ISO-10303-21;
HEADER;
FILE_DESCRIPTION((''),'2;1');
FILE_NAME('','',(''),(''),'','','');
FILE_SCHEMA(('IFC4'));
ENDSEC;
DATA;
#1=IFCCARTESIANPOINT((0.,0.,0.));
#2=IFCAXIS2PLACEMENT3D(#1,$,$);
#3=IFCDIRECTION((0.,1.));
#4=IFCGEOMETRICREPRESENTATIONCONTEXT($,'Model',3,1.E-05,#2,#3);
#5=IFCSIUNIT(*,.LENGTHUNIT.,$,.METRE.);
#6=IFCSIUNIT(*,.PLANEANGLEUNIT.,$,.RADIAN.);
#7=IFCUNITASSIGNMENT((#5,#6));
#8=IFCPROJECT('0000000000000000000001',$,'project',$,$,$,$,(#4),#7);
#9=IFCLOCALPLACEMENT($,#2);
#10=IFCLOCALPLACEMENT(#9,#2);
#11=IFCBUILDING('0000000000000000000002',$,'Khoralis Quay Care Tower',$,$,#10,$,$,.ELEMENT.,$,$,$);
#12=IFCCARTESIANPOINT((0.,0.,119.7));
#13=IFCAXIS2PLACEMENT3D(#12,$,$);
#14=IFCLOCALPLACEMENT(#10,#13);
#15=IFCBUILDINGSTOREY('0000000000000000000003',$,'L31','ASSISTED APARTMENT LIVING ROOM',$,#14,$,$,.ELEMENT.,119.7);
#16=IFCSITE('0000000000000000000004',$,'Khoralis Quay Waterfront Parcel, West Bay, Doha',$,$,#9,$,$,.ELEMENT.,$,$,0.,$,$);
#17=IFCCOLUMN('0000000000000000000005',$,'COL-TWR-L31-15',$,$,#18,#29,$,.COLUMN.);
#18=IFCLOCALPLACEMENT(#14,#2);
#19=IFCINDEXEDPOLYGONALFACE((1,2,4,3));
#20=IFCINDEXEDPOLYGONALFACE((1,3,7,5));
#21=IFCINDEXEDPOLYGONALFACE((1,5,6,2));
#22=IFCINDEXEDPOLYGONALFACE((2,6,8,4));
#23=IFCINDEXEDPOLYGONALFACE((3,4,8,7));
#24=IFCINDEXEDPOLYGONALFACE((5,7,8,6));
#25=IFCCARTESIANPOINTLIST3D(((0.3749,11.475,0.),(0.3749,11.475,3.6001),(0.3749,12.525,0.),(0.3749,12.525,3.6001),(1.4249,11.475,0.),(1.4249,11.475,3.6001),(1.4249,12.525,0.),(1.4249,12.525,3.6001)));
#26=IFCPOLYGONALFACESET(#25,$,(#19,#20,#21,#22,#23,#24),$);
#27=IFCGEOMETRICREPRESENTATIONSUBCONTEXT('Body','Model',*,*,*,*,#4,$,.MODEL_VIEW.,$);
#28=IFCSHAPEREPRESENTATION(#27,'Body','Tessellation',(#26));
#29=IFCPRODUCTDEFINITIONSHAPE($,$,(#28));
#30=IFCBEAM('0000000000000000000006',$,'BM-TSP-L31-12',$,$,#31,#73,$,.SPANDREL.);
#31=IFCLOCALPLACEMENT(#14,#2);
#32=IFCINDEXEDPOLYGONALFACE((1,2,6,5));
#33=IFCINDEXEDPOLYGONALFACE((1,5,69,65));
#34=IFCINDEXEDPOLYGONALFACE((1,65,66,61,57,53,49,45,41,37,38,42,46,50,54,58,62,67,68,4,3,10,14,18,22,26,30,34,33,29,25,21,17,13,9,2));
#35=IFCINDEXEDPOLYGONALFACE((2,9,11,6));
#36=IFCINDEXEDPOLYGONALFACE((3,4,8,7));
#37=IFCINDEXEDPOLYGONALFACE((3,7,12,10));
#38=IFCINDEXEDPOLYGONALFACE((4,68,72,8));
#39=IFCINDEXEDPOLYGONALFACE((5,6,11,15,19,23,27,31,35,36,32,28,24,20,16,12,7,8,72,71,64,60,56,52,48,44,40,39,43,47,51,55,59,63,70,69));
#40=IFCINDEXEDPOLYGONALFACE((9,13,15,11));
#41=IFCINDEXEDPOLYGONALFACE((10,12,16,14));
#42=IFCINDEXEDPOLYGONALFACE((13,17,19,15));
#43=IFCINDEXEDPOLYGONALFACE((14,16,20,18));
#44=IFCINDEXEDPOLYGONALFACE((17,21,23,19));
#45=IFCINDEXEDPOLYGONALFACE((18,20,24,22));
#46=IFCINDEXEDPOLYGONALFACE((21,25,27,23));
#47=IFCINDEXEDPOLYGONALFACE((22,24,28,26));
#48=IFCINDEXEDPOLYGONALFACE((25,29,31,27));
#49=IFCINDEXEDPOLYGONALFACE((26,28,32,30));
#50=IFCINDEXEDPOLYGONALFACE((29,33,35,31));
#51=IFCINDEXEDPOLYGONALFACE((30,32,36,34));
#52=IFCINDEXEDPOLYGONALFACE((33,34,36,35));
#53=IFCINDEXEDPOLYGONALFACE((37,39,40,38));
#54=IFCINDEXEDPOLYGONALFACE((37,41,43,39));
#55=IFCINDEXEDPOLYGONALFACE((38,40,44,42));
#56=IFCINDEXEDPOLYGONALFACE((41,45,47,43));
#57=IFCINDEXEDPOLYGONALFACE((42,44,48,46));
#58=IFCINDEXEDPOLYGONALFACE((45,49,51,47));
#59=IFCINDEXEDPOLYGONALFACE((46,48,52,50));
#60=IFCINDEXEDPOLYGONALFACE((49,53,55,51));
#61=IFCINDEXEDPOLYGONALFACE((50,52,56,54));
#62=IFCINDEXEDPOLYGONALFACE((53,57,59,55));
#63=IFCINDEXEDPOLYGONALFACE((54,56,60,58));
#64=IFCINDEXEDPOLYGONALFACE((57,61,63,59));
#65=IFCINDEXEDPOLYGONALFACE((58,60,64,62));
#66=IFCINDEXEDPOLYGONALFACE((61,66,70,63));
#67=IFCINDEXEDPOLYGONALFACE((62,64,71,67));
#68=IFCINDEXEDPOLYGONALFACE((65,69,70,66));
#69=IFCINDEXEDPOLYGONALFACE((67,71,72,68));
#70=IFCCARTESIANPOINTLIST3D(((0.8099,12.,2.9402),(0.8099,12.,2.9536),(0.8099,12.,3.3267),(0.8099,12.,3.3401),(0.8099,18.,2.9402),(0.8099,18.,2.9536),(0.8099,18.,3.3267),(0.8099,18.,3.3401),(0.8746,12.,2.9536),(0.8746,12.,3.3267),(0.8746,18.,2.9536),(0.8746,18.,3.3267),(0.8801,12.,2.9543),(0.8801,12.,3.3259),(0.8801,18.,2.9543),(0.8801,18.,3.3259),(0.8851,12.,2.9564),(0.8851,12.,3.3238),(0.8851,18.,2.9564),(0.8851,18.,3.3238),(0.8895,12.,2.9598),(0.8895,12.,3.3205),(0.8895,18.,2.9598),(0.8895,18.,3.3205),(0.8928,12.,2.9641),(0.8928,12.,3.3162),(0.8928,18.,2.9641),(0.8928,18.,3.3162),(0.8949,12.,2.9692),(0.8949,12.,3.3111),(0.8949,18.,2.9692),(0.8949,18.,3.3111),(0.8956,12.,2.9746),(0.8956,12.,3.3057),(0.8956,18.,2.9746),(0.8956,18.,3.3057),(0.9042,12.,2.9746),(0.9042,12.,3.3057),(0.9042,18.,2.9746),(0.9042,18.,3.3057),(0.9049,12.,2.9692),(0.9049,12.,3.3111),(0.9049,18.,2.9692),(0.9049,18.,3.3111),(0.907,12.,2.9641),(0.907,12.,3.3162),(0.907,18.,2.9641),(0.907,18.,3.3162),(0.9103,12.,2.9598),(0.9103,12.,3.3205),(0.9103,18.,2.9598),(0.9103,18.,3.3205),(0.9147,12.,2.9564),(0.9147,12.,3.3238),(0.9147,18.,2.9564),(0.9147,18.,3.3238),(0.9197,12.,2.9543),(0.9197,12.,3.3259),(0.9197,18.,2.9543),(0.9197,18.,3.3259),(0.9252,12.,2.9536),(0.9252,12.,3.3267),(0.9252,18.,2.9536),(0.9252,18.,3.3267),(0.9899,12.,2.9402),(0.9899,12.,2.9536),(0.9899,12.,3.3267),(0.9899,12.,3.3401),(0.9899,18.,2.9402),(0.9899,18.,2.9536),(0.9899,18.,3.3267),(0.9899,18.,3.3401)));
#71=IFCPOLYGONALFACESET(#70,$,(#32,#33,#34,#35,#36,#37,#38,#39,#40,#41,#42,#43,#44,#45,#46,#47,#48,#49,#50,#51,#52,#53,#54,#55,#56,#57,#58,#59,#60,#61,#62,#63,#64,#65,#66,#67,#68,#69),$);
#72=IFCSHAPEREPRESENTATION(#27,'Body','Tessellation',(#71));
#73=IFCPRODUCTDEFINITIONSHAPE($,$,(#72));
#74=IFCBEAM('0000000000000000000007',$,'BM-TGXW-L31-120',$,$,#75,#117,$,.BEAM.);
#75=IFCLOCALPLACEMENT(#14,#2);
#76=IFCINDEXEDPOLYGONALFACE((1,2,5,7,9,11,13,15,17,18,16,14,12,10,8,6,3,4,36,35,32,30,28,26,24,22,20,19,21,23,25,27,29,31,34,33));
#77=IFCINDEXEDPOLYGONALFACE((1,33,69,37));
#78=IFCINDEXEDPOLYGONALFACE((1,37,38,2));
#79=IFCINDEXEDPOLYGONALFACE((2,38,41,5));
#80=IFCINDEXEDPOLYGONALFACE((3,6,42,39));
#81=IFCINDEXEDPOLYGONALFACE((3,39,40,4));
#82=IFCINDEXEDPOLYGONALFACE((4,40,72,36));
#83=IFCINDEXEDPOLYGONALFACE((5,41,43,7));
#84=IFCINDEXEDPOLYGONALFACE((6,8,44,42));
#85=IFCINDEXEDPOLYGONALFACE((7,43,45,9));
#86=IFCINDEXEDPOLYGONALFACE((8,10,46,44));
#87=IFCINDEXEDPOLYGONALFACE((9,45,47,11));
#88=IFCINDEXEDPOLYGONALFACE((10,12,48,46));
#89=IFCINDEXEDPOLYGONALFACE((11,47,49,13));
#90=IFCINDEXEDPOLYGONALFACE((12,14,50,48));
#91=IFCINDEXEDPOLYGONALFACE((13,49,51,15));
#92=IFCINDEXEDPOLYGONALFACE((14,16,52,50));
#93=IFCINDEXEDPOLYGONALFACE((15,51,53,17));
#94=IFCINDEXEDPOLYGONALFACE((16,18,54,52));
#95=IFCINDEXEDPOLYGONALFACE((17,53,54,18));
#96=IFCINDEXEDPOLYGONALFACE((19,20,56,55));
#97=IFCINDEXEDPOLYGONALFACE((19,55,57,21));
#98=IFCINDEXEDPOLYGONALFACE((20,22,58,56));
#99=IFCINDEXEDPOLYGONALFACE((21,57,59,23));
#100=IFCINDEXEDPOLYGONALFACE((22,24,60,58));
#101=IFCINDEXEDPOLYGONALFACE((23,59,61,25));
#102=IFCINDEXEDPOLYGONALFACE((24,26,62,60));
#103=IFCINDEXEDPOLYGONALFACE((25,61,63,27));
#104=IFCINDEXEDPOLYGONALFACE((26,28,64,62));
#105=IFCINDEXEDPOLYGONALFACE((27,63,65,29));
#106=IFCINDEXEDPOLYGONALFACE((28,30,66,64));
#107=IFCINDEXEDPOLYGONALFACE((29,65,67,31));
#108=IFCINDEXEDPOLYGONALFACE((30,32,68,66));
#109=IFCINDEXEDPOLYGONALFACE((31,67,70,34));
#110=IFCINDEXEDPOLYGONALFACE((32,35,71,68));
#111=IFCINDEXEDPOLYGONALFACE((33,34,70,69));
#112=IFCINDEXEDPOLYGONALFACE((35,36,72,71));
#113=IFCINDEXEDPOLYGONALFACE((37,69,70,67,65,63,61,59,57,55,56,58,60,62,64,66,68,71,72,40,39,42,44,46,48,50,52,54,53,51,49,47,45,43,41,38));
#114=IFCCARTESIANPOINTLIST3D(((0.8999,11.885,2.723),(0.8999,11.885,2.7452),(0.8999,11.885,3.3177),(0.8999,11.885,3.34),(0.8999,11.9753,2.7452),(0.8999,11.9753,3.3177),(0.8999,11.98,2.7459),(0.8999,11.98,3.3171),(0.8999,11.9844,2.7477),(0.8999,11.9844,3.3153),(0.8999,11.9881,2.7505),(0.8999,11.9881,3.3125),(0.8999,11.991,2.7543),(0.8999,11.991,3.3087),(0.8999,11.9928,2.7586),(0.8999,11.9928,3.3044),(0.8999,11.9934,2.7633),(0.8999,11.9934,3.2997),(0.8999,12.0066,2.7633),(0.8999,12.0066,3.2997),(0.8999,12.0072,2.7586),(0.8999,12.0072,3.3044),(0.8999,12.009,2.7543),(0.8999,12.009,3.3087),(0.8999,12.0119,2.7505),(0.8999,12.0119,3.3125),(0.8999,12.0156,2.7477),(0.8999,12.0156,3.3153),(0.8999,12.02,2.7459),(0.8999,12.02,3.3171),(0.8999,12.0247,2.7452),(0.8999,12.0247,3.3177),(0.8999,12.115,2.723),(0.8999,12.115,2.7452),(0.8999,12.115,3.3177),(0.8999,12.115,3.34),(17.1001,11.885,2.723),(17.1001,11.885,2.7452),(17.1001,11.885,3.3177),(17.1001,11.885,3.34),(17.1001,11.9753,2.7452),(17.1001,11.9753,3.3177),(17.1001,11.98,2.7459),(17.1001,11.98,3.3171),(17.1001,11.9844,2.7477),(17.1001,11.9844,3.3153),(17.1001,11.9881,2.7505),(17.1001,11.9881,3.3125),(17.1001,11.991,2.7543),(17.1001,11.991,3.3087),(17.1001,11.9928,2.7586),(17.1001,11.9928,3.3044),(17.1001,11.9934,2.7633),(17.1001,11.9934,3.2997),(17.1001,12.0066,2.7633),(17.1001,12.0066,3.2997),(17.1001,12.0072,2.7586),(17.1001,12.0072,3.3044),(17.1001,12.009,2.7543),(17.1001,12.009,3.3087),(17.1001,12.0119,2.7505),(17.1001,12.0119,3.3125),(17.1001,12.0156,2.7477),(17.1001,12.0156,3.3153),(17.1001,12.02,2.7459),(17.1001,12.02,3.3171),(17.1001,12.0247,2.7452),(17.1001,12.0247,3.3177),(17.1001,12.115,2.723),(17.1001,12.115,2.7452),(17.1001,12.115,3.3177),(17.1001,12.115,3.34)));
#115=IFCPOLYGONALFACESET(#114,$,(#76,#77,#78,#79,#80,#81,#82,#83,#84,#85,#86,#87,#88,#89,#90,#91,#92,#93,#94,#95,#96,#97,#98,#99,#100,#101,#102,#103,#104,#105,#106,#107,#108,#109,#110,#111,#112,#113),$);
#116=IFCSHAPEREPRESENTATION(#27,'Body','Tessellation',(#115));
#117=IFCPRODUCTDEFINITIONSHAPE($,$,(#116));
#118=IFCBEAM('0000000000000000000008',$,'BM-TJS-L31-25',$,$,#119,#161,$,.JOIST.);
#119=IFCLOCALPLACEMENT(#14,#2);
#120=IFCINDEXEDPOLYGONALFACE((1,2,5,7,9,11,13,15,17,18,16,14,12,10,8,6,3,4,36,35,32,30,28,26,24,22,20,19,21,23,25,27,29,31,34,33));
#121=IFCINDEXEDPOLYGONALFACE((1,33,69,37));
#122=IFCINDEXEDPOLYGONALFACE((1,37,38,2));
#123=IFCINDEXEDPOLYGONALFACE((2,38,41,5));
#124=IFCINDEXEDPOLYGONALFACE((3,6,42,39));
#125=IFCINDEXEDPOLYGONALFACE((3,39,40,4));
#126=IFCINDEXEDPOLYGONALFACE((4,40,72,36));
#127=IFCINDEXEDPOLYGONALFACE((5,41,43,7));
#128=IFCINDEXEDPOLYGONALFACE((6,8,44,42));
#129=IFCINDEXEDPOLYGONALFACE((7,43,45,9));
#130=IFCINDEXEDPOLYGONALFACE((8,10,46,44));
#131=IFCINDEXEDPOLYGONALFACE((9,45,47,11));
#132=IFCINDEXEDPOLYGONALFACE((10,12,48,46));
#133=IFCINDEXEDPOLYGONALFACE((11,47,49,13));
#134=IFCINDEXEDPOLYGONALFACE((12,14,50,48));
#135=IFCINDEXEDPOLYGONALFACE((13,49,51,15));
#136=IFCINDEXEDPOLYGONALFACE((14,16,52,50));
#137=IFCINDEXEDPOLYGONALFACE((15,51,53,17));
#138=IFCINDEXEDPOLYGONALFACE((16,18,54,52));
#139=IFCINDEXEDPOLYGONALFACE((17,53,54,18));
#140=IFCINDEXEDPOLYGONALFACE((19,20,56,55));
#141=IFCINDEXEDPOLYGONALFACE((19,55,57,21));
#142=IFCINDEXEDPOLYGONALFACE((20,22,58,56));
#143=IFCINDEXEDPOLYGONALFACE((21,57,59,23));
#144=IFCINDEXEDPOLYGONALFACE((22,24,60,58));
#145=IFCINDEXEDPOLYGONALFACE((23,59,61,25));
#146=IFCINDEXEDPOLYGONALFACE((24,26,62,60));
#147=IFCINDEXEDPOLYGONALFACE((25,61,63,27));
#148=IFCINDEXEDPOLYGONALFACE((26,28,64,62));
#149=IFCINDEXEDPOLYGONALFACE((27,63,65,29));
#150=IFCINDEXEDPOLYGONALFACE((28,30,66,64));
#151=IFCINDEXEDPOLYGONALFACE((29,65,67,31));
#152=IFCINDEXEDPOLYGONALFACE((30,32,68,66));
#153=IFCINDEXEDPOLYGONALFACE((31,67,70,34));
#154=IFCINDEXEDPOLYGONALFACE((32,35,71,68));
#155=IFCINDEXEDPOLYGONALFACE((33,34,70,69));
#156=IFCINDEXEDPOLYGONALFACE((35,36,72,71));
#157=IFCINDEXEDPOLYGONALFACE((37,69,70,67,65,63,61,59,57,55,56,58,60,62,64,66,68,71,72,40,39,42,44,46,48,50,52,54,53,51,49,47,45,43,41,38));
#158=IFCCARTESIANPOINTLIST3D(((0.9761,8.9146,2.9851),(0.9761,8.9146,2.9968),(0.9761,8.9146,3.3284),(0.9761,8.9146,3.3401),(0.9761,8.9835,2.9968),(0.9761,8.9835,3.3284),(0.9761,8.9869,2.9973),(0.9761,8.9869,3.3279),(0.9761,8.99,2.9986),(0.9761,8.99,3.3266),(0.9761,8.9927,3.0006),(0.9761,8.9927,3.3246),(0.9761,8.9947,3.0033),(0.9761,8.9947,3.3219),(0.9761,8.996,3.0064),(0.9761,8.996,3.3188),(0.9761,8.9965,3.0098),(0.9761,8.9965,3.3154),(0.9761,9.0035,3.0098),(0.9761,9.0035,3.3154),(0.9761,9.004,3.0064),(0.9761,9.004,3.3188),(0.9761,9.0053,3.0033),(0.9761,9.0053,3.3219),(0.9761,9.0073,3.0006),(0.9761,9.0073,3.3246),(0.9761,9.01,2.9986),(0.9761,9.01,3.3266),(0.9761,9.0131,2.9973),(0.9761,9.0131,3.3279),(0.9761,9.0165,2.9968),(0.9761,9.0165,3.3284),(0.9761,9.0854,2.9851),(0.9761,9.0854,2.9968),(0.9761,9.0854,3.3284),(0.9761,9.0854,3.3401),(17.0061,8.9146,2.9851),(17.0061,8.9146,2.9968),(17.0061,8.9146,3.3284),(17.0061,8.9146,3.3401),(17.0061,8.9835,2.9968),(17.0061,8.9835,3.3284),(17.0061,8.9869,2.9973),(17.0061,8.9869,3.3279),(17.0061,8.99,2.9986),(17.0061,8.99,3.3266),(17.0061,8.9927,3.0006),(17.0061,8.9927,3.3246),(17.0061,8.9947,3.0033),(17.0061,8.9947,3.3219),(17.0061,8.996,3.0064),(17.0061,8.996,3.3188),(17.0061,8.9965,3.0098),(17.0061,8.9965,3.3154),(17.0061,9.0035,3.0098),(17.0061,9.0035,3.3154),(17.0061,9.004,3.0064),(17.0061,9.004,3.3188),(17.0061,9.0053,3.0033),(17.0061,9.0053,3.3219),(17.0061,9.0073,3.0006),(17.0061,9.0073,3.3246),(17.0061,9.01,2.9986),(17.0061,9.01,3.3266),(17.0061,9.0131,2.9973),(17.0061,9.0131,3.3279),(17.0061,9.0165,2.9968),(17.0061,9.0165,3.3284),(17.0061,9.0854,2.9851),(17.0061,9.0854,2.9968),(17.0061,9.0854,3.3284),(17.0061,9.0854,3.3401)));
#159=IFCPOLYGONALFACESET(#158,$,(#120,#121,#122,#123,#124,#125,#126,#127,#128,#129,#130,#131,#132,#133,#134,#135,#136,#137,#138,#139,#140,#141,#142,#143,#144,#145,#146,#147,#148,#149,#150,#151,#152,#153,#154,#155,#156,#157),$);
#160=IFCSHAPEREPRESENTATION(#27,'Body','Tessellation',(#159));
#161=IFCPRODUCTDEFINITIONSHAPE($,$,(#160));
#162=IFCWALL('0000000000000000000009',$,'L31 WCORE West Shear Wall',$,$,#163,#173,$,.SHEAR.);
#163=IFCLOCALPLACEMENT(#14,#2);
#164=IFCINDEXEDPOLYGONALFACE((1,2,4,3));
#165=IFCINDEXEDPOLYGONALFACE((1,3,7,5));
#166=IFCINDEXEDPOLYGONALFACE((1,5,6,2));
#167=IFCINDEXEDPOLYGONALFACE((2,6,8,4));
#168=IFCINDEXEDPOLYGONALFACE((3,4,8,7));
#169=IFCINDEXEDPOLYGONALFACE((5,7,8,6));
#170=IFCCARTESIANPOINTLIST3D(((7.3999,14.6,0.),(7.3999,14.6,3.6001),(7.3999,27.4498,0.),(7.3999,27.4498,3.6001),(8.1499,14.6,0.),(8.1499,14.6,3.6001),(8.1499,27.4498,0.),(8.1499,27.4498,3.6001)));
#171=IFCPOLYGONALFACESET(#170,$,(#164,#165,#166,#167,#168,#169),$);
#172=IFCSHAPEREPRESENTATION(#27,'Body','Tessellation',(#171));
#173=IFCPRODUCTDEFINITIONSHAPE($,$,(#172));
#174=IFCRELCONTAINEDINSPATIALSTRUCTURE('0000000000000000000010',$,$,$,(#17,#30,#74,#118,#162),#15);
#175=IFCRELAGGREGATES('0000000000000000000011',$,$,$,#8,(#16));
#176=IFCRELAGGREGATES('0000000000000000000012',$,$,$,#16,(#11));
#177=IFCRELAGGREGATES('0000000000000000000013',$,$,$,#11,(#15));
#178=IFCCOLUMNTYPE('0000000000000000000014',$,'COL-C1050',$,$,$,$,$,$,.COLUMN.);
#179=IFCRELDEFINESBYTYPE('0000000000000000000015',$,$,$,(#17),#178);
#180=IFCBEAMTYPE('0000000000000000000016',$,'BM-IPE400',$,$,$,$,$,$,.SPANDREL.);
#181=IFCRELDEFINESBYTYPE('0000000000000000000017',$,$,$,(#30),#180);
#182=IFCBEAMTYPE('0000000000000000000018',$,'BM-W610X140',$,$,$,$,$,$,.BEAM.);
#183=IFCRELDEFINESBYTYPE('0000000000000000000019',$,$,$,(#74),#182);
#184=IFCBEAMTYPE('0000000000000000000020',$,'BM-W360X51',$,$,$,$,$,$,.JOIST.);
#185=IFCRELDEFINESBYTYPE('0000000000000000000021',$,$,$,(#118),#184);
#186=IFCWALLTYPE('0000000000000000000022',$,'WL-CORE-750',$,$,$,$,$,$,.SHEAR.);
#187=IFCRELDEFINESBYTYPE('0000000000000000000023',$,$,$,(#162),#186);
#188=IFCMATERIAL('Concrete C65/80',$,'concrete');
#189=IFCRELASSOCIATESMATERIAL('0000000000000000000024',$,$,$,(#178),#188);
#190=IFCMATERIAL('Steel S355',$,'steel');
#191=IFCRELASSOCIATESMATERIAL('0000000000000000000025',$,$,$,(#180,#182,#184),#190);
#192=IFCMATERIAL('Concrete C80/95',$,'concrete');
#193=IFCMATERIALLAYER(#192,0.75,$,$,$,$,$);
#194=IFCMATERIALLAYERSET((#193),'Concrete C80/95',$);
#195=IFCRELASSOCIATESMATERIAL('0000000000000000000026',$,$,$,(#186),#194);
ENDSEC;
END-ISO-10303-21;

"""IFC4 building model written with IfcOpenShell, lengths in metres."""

from ifc_helpers import new_model, si_unit, direction, frame, frame_2d, origin, origin_2d, place, context, subcontext, project, spatial, rectangle, i_section, extrude, source, transform, mapped, material, layer, layer_set, material_profile, profile_set, type_object, element, save


model = new_model("IFC4")

# Units and contexts
model_context = context("Model", 3, precision=1e-05, world=origin(), true_north=direction((0.0, 1.0)))
body_context = subcontext(model_context, "Body", "Model", "MODEL_VIEW")
ifc_project = project(units=[si_unit("LENGTHUNIT", "METRE"), si_unit("PLANEANGLEUNIT", "RADIAN")], contexts=[model_context])

# Site, building, storey
site_placement = place(None, origin())
site = spatial("IfcSite", under=ifc_project, at=site_placement, Name="Khoralis Quay Waterfront Parcel, West Bay, Doha", CompositionType="ELEMENT", RefElevation=0.0)
building_placement = place(site_placement, origin())
building = spatial("IfcBuilding", under=site, at=building_placement, Name="Khoralis Quay Care Tower", CompositionType="ELEMENT")
storey_placement = place(building_placement, frame((0.0, 0.0, 119.7)))
storey = spatial("IfcBuildingStorey", under=building, at=storey_placement, Name="L31", Description="ASSISTED APARTMENT LIVING ROOM", CompositionType="ELEMENT", Elevation=119.7)

# Column
ifc_material_1 = material(Name="Concrete C65/80", Category="concrete")
ifc_material_profile_1 = material_profile(ifc_material_1, rectangle(XDim=1.05, YDim=1.05, at=origin_2d()), Name="Concrete C65/80")
ifc_profile_set_1 = profile_set([ifc_material_profile_1], Name="Concrete C65/80")
column_type = type_object("IfcColumnType", Name="COL-C1050", PredefinedType="COLUMN", material=ifc_profile_set_1)
shared_shape_1 = source(origin(), body_context, "Body", "SweptSolid", [
    extrude(rectangle(XDim=1.05, YDim=1.05, at=origin_2d()), origin(), (0.0, 0.0, 1.0), 3.6001),
])
column_placement = place(storey_placement, frame((0.8999, 12.0, 0.0), z_axis=(0.0, 0.0, 1.0), x_axis=(1.0, 0.0, 0.0)))
element("IfcColumn", 1, at=column_placement, inside=storey, type_object=column_type, Name="COL-TWR-L31-15", PredefinedType="COLUMN", context=body_context, shape_type="MappedRepresentation", body=[
    mapped(shared_shape_1, transform((0.0, 0.0, 0.0), scale=1.0)),
])

# Beams
ifc_material_2 = material(Name="Steel S355", Category="steel")
ifc_material_profile_2 = material_profile(ifc_material_2, i_section(OverallWidth=0.1799, OverallDepth=0.3999, WebThickness=0.0085, FlangeThickness=0.0134, FilletRadius=0.021, at=origin_2d()), Name="Steel S355")
ifc_profile_set_2 = profile_set([ifc_material_profile_2], Name="Steel S355")
beam_type_1 = type_object("IfcBeamType", Name="BM-IPE400", PredefinedType="SPANDREL", material=ifc_profile_set_2)
shared_shape_2 = source(origin(), body_context, "Body", "SweptSolid", [
    extrude(i_section(OverallWidth=0.1799, OverallDepth=0.3999, WebThickness=0.0085, FlangeThickness=0.0134, FilletRadius=0.021, at=origin_2d()), origin(), (0.0, 0.0, 1.0), 6.0),
])
beam_1_placement = place(storey_placement, frame((0.8999, 12.0, 3.1401), z_axis=(0.0, 1.0, 0.0), x_axis=(-1.0, 0.0, 0.0)))
element("IfcBeam", 2, at=beam_1_placement, inside=storey, type_object=beam_type_1, Name="BM-TSP-L31-12", PredefinedType="SPANDREL", context=body_context, shape_type="MappedRepresentation", body=[
    mapped(shared_shape_2, transform((0.0, 0.0, 0.0), scale=1.0)),
])
ifc_material_profile_3 = material_profile(ifc_material_2, i_section(OverallWidth=0.23, OverallDepth=0.6169, WebThickness=0.0132, FlangeThickness=0.0222, FilletRadius=0.0181, at=origin_2d()), Name="Steel S355")
ifc_profile_set_3 = profile_set([ifc_material_profile_3], Name="Steel S355")
beam_type_2 = type_object("IfcBeamType", Name="BM-W610X140", PredefinedType="BEAM", material=ifc_profile_set_3)
shared_shape_3 = source(origin(), body_context, "Body", "SweptSolid", [
    extrude(i_section(OverallWidth=0.23, OverallDepth=0.6169, WebThickness=0.0132, FlangeThickness=0.0222, FilletRadius=0.0181, at=origin_2d()), origin(), (0.0, 0.0, 1.0), 16.2002),
])
beam_2_placement = place(storey_placement, frame((0.8999, 12.0, 3.0315), z_axis=(1.0, 0.0, 0.0), x_axis=(0.0, 1.0, 0.0)))
element("IfcBeam", 3, at=beam_2_placement, inside=storey, type_object=beam_type_2, Name="BM-TGXW-L31-120", PredefinedType="BEAM", context=body_context, shape_type="MappedRepresentation", body=[
    mapped(shared_shape_3, transform((0.0, 0.0, 0.0), scale=1.0)),
])
ifc_material_profile_4 = material_profile(ifc_material_2, i_section(OverallWidth=0.1709, OverallDepth=0.355, WebThickness=0.0071, FlangeThickness=0.0117, FilletRadius=0.0129, at=origin_2d()), Name="Steel S355")
ifc_profile_set_4 = profile_set([ifc_material_profile_4], Name="Steel S355")
beam_type_3 = type_object("IfcBeamType", Name="BM-W360X51", PredefinedType="JOIST", material=ifc_profile_set_4)
shared_shape_4 = source(origin(), body_context, "Body", "SweptSolid", [
    extrude(i_section(OverallWidth=0.1709, OverallDepth=0.355, WebThickness=0.0071, FlangeThickness=0.0117, FilletRadius=0.0129, at=origin_2d()), origin(), (0.0, 0.0, 1.0), 16.03),
])
beam_3_placement = place(storey_placement, frame((0.9761, 9.0, 3.1626), z_axis=(1.0, 0.0, 0.0), x_axis=(0.0, 1.0, 0.0)))
element("IfcBeam", 4, at=beam_3_placement, inside=storey, type_object=beam_type_3, Name="BM-TJS-L31-25", PredefinedType="JOIST", context=body_context, shape_type="MappedRepresentation", body=[
    mapped(shared_shape_4, transform((0.0, 0.0, 0.0), scale=1.0)),
])

# Wall
ifc_material_3 = material(Name="Concrete C80/95", Category="concrete")
ifc_layer_1 = layer(ifc_material_3, 0.75)
ifc_layer_set_1 = layer_set([ifc_layer_1], Name="Concrete C80/95")
wall_type_1 = type_object("IfcWallType", Name="WL-CORE-750", PredefinedType="SHEAR", material=ifc_layer_set_1)
wall_1_placement = place(storey_placement, frame((7.7749, 14.6001, 0.0), z_axis=(0.0, 0.0, 1.0), x_axis=(0.0, 1.0, 0.0)))
element("IfcWall", 5, at=wall_1_placement, inside=storey, type_object=wall_type_1, Name="L31 WCORE West Shear Wall", PredefinedType="SHEAR", context=body_context, shape_type="SweptSolid", body=[
    extrude(rectangle(XDim=12.8499, YDim=0.75, at=frame_2d((6.4248, 0.0))), origin(), (0.0, 0.0, 1.0), 3.6001),
])

save(model, "model.ifc")
